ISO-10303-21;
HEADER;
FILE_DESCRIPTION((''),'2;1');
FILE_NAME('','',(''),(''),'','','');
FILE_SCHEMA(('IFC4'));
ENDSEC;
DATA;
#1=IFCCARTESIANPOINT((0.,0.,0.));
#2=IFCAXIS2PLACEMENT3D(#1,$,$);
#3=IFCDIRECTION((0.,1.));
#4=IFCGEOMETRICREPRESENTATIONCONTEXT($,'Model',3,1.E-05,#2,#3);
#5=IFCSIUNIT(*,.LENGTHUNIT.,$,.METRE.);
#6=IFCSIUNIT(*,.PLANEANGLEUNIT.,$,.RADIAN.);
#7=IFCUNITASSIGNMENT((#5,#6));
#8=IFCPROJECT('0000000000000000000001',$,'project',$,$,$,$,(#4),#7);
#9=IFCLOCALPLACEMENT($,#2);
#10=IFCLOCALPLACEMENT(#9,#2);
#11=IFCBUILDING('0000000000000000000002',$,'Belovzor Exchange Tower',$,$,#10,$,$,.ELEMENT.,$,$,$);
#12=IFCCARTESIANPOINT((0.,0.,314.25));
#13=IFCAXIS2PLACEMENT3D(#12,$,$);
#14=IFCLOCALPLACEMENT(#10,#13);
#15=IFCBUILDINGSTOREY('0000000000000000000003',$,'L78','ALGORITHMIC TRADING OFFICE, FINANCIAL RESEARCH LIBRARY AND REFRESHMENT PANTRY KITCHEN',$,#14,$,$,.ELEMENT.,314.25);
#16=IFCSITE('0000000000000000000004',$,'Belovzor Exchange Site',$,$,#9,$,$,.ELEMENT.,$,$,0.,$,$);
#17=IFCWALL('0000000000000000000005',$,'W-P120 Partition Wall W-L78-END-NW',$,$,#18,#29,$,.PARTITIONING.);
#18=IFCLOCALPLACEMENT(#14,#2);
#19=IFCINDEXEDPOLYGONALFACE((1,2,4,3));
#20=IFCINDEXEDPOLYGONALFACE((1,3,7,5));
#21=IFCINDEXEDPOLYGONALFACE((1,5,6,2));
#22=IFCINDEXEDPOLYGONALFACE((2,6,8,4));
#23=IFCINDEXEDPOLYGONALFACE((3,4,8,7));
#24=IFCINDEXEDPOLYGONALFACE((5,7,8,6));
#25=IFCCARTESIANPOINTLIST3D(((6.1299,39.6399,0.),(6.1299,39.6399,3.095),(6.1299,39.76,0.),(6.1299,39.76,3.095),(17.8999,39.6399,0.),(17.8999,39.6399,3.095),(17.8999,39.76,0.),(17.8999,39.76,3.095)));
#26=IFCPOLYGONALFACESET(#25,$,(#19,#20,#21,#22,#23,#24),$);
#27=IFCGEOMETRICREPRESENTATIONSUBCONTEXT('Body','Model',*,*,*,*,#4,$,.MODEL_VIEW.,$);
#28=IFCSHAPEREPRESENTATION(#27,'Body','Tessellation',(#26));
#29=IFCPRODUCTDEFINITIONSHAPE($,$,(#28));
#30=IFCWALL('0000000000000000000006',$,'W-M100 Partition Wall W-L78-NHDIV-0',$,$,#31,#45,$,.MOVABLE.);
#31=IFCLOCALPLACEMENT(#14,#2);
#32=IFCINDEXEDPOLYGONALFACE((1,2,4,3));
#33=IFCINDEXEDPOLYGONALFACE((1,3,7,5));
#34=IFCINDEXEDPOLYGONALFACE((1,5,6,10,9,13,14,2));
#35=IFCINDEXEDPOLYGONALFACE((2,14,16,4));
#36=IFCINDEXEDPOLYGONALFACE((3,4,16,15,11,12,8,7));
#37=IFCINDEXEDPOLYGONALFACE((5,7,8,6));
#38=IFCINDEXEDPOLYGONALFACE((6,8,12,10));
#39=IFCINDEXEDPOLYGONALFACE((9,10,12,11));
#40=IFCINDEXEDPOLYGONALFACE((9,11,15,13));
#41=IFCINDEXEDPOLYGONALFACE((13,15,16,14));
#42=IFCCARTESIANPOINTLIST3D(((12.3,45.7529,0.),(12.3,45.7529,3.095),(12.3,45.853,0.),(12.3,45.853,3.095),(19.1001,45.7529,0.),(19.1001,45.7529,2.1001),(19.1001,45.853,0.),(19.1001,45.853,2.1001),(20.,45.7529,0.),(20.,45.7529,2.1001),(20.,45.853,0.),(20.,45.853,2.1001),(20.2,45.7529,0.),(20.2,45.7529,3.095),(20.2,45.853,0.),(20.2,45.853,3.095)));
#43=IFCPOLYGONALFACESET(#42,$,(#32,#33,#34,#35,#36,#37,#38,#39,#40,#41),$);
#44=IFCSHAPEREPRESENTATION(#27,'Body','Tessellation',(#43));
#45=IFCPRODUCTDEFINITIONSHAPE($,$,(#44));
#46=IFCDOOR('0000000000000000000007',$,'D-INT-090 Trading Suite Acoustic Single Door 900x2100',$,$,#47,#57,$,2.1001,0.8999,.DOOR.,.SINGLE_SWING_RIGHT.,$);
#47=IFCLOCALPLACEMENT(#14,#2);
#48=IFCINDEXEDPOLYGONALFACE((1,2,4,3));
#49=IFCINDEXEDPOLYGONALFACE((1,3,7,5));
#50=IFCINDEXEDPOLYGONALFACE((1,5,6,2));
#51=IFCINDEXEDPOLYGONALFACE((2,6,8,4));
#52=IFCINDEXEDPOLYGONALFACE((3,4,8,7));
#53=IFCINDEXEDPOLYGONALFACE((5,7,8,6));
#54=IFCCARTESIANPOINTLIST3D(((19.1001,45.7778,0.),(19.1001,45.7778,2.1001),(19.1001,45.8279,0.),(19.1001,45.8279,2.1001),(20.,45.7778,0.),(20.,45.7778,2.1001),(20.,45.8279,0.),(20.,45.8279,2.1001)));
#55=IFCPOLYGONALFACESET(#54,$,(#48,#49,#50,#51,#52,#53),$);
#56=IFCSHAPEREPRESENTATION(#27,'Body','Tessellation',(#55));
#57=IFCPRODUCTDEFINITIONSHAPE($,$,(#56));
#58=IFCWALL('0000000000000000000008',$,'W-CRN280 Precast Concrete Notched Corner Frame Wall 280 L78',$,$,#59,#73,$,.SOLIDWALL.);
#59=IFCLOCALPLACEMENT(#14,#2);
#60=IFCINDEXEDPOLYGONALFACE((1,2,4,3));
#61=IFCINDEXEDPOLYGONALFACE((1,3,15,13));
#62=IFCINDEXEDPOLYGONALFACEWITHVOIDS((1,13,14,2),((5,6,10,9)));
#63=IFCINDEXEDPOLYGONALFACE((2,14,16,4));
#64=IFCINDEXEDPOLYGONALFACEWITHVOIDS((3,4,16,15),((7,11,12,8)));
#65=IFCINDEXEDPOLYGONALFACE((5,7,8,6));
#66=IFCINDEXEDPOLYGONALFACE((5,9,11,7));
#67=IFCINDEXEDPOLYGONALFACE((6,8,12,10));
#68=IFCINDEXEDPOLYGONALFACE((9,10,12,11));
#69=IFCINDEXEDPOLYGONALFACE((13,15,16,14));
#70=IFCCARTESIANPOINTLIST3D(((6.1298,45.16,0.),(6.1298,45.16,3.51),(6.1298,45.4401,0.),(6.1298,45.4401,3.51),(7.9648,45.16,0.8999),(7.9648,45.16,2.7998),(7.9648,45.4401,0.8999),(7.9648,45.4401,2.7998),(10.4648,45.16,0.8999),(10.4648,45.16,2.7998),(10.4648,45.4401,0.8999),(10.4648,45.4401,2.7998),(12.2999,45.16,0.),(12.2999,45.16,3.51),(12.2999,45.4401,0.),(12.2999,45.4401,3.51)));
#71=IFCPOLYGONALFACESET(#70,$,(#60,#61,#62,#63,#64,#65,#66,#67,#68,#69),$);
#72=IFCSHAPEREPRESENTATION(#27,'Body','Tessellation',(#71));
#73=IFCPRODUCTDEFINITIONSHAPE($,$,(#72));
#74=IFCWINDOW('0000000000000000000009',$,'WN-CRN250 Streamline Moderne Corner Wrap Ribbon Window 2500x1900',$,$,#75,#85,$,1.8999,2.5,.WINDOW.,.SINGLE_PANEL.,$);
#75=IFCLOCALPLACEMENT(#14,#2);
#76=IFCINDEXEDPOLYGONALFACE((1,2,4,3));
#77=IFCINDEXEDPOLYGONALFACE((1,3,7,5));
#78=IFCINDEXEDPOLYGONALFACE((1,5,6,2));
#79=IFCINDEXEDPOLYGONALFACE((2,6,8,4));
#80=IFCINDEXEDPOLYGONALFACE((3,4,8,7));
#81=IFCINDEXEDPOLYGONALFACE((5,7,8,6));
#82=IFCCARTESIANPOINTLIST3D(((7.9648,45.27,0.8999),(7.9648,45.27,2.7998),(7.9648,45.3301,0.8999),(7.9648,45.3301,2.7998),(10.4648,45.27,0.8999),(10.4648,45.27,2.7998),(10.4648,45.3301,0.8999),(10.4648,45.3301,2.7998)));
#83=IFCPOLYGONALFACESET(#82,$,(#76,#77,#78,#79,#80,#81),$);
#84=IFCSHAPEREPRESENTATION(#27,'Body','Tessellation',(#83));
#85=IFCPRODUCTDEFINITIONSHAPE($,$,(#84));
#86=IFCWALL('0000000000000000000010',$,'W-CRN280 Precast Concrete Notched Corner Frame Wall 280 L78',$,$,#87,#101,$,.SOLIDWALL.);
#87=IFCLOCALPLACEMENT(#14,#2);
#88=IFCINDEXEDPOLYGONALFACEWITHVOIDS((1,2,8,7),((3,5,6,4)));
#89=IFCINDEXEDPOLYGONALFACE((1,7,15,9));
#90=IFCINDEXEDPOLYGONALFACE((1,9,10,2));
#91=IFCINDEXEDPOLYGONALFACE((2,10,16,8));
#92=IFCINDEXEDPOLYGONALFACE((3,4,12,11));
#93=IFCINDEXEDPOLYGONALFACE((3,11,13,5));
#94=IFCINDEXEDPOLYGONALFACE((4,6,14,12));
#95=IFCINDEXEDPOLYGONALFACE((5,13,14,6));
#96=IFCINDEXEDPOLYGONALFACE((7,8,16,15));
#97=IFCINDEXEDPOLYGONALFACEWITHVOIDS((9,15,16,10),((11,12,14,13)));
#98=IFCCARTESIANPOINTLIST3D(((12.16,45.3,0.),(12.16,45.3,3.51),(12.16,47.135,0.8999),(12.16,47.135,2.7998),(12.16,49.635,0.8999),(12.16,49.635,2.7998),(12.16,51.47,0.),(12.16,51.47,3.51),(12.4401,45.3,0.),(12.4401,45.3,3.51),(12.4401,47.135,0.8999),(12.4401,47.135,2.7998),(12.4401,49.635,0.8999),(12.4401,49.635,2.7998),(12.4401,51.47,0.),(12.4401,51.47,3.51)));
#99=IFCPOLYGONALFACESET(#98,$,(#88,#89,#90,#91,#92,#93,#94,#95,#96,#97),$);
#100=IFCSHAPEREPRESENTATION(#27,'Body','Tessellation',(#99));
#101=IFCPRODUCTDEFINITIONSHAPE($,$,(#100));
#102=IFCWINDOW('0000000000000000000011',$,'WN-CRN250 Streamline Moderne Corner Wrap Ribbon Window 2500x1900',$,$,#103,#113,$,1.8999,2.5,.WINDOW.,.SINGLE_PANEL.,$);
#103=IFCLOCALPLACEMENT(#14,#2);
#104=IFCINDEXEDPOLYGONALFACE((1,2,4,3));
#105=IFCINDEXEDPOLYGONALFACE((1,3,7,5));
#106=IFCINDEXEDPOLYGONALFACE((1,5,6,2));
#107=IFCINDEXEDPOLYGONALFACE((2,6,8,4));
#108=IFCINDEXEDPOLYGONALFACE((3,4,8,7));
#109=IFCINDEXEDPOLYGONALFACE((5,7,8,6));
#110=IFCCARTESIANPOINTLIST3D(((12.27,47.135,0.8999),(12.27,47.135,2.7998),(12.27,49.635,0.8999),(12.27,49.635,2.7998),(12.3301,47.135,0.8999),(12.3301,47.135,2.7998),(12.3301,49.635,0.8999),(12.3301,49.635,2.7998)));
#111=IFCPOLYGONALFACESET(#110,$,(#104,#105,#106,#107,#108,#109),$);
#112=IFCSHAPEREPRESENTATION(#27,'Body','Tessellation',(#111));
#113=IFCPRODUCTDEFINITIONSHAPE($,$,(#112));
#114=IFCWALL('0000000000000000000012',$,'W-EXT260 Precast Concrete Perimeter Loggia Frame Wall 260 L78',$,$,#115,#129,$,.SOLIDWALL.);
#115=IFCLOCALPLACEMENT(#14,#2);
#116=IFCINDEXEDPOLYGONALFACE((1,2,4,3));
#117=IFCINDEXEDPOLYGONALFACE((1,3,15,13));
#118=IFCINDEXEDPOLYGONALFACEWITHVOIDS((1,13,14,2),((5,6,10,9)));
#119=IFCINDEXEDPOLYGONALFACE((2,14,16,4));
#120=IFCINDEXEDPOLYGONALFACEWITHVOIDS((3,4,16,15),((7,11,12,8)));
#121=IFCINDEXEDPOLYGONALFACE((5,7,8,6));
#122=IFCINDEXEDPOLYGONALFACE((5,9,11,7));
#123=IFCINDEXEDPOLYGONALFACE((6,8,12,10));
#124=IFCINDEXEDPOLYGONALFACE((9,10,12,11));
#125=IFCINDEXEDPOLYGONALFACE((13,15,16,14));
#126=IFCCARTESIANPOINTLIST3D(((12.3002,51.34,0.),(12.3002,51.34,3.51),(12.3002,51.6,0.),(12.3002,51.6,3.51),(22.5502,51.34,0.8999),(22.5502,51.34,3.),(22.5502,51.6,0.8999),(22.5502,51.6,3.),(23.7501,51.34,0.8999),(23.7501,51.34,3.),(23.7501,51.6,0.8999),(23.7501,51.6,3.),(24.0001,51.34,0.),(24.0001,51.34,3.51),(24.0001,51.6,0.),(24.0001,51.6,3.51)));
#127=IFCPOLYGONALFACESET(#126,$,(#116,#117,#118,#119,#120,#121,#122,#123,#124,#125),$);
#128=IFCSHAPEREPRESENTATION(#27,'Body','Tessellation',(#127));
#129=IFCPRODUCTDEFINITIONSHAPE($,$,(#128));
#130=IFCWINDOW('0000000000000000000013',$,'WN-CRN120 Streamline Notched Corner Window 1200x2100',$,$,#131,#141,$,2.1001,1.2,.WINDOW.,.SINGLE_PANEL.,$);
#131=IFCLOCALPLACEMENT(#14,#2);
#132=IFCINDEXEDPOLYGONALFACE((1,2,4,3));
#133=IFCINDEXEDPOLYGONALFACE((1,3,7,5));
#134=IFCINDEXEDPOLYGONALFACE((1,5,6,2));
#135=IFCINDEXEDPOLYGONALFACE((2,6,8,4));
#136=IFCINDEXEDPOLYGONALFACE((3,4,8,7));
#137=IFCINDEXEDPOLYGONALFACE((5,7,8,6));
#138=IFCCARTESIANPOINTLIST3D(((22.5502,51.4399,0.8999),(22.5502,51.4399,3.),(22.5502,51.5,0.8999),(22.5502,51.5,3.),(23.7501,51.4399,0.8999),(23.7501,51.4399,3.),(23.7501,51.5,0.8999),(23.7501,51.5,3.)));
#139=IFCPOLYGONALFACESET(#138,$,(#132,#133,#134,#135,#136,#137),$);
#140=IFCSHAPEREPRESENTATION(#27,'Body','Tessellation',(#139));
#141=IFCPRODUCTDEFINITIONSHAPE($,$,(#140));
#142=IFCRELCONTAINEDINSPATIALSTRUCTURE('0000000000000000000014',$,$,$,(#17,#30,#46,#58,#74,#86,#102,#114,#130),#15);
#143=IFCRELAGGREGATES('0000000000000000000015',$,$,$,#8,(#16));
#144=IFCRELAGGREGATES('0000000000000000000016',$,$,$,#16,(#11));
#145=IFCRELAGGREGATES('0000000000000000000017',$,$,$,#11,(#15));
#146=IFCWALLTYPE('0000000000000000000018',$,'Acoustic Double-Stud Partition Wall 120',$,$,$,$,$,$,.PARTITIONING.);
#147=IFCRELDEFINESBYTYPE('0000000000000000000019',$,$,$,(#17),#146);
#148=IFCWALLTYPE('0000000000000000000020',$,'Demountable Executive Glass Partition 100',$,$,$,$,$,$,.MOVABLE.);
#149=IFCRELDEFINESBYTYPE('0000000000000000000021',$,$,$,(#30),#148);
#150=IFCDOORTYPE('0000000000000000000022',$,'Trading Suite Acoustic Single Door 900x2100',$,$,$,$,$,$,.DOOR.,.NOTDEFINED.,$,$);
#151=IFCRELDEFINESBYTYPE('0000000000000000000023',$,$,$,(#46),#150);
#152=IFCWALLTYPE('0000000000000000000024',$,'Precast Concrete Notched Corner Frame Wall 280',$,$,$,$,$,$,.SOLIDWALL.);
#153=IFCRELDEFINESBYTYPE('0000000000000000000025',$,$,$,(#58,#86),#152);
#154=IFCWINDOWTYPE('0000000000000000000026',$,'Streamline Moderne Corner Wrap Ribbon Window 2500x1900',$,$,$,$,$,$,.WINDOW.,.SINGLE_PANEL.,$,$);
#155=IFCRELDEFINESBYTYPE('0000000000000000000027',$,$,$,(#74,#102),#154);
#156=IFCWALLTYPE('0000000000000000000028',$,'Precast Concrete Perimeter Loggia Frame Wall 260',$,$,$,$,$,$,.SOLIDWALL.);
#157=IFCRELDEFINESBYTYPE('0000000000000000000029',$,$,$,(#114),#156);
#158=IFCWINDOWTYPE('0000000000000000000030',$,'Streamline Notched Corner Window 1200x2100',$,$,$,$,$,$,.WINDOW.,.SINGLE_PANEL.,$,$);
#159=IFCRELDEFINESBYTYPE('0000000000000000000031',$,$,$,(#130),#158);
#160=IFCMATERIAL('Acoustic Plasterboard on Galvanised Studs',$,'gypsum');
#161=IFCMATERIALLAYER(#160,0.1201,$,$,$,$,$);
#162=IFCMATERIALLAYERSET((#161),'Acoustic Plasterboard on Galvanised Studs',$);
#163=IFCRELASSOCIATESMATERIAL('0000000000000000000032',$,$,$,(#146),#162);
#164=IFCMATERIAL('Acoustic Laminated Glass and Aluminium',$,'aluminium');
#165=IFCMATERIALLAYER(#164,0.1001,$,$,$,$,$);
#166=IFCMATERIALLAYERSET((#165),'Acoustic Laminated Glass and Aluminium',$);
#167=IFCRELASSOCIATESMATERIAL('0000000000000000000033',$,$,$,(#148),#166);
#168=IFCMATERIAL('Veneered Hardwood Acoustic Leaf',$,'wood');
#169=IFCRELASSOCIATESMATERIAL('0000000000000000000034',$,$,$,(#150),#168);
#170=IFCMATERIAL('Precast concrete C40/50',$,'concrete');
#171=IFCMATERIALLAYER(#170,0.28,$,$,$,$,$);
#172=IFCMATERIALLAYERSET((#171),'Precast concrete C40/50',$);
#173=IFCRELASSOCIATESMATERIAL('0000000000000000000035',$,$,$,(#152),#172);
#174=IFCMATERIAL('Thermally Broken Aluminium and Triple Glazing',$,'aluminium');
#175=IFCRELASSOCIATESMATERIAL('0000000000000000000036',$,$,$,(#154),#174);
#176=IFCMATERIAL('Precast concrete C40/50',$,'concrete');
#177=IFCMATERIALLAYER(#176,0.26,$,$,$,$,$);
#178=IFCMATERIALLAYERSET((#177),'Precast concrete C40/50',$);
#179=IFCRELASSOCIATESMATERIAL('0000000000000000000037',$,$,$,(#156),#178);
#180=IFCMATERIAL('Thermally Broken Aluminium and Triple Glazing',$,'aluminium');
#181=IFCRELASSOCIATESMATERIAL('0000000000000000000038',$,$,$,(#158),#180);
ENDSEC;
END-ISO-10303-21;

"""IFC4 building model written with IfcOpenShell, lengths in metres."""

from ifc_helpers import new_model, si_unit, direction, frame, frame_2d, origin, place, context, subcontext, project, spatial, rectangle, extrude, material, layer, layer_set, type_object, element, fill, save


model = new_model("IFC4")

# Units and contexts
model_context = context("Model", 3, precision=1e-05, world=origin(), true_north=direction((0.0, 1.0)))
body_context = subcontext(model_context, "Body", "Model", "MODEL_VIEW")
ifc_project = project(units=[si_unit("LENGTHUNIT", "METRE"), si_unit("PLANEANGLEUNIT", "RADIAN")], contexts=[model_context])

# Site, building, storey
site_placement = place(None, origin())
site = spatial("IfcSite", under=ifc_project, at=site_placement, Name="Belovzor Exchange Site", CompositionType="ELEMENT", RefElevation=0.0)
building_placement = place(site_placement, origin())
building = spatial("IfcBuilding", under=site, at=building_placement, Name="Belovzor Exchange Tower", CompositionType="ELEMENT")
storey_placement = place(building_placement, frame((0.0, 0.0, 314.25)))
storey = spatial("IfcBuildingStorey", under=building, at=storey_placement, Name="L78", Description="ALGORITHMIC TRADING OFFICE, FINANCIAL RESEARCH LIBRARY AND REFRESHMENT PANTRY KITCHEN", CompositionType="ELEMENT", Elevation=314.25)

# Wall
ifc_material_1 = material(Name="Acoustic Plasterboard on Galvanised Studs", Category="gypsum")
ifc_layer_1 = layer(ifc_material_1, 0.1201)
ifc_layer_set_1 = layer_set([ifc_layer_1], Name="Acoustic Plasterboard on Galvanised Studs")
wall_type_1 = type_object("IfcWallType", Name="Acoustic Double-Stud Partition Wall 120", PredefinedType="PARTITIONING", material=ifc_layer_set_1)
wall_1_placement = place(storey_placement, frame((6.1299, 39.7, 0.0), z_axis=(0.0, 0.0, 1.0), x_axis=(1.0, 0.0, 0.0)))
element("IfcWall", 1, at=wall_1_placement, inside=storey, type_object=wall_type_1, Name="W-P120 Partition Wall W-L78-END-NW", PredefinedType="PARTITIONING", context=body_context, shape_type="SweptSolid", body=[
    extrude(rectangle(XDim=11.77, YDim=0.1201, at=frame_2d((5.885, 0.0))), origin(), (0.0, 0.0, 1.0), 3.095),
])

# Wall, opening, door
ifc_material_2 = material(Name="Acoustic Laminated Glass and Aluminium", Category="aluminium")
ifc_layer_2 = layer(ifc_material_2, 0.1001)
ifc_layer_set_2 = layer_set([ifc_layer_2], Name="Acoustic Laminated Glass and Aluminium")
wall_type_2 = type_object("IfcWallType", Name="Demountable Executive Glass Partition 100", PredefinedType="MOVABLE", material=ifc_layer_set_2)
wall_2_placement = place(storey_placement, frame((12.3, 45.803, 0.0), z_axis=(0.0, 0.0, 1.0), x_axis=(1.0, 0.0, 0.0)))
wall_2 = element("IfcWall", 2, at=wall_2_placement, inside=storey, type_object=wall_type_2, Name="W-M100 Partition Wall W-L78-NHDIV-0", PredefinedType="MOVABLE", context=body_context, shape_type="SweptSolid", body=[
    extrude(rectangle(XDim=7.8999, YDim=0.1001, at=frame_2d((3.95, 0.0))), origin(), (0.0, 0.0, 1.0), 3.095),
])
opening_1_placement = place(wall_2_placement, frame((6.8, 0.0, 0.0)))
opening_1 = element("IfcOpeningElement", 3, at=opening_1_placement, cuts=wall_2, PredefinedType="OPENING", context=body_context, shape_type="SweptSolid", body=[
    extrude(rectangle(XDim=0.8999, YDim=2.1001, at=frame_2d((0.45, 1.05))), frame((0.0, 0.0601, 0.0), z_axis=(0.0, -1.0, 0.0), x_axis=(1.0, 0.0, 0.0)), (0.0, 0.0, 1.0), 0.1201),
])
ifc_material_3 = material(Name="Veneered Hardwood Acoustic Leaf", Category="wood")
door_type = type_object("IfcDoorType", Name="Trading Suite Acoustic Single Door 900x2100", OperationType="NOTDEFINED", PredefinedType="DOOR", material=ifc_material_3)
door_placement = place(opening_1_placement, origin())
door = element("IfcDoor", 4, at=door_placement, inside=storey, type_object=door_type, Name="D-INT-090 Trading Suite Acoustic Single Door 900x2100", OperationType="SINGLE_SWING_RIGHT", OverallHeight=2.1001, OverallWidth=0.8999, PredefinedType="DOOR", context=body_context, shape_type="SweptSolid", body=[
    extrude(rectangle(XDim=0.8999, YDim=2.1001, at=frame_2d((0.45, 1.05))), frame((0.0, 0.0249, 0.0), z_axis=(0.0, -1.0, 0.0), x_axis=(1.0, 0.0, 0.0)), (0.0, 0.0, 1.0), 0.05),
])
fill(opening_1, door)

# Walls, openings, windows
ifc_material_4 = material(Name="Precast concrete C40/50", Category="concrete")
ifc_layer_3 = layer(ifc_material_4, 0.28)
ifc_layer_set_3 = layer_set([ifc_layer_3], Name="Precast concrete C40/50")
wall_type_3 = type_object("IfcWallType", Name="Precast Concrete Notched Corner Frame Wall 280", PredefinedType="SOLIDWALL", material=ifc_layer_set_3)
wall_3_placement = place(storey_placement, frame((6.1299, 45.3, 0.0), z_axis=(0.0, 0.0, 1.0), x_axis=(1.0, 0.0, 0.0)))
wall_3 = element("IfcWall", 5, at=wall_3_placement, inside=storey, type_object=wall_type_3, Name="W-CRN280 Precast Concrete Notched Corner Frame Wall 280 L78", PredefinedType="SOLIDWALL", context=body_context, shape_type="SweptSolid", body=[
    extrude(rectangle(XDim=6.1702, YDim=0.28, at=frame_2d((3.085, 0.0))), origin(), (0.0, 0.0, 1.0), 3.51),
])
opening_2_placement = place(wall_3_placement, frame((1.835, 0.0, 0.8999)))
opening_2 = element("IfcOpeningElement", 6, at=opening_2_placement, cuts=wall_3, PredefinedType="OPENING", context=body_context, shape_type="SweptSolid", body=[
    extrude(rectangle(XDim=2.5, YDim=1.8999, at=frame_2d((1.25, 0.95))), frame((0.0, 0.1499, 0.0), z_axis=(0.0, -1.0, 0.0), x_axis=(1.0, 0.0, 0.0)), (0.0, 0.0, 1.0), 0.3),
])
ifc_material_5 = material(Name="Thermally Broken Aluminium and Triple Glazing", Category="aluminium")
window_type_1 = type_object("IfcWindowType", Name="Streamline Moderne Corner Wrap Ribbon Window 2500x1900", PartitioningType="SINGLE_PANEL", PredefinedType="WINDOW", material=ifc_material_5)
window_1_placement = place(opening_2_placement, origin())
window_1 = element("IfcWindow", 7, at=window_1_placement, inside=storey, type_object=window_type_1, Name="WN-CRN250 Streamline Moderne Corner Wrap Ribbon Window 2500x1900", OverallHeight=1.8999, OverallWidth=2.5, PartitioningType="SINGLE_PANEL", PredefinedType="WINDOW", context=body_context, shape_type="SweptSolid", body=[
    extrude(rectangle(XDim=2.5, YDim=1.8999, at=frame_2d((1.25, 0.95))), frame((0.0, 0.03, 0.0), z_axis=(0.0, -1.0, 0.0), x_axis=(1.0, 0.0, 0.0)), (0.0, 0.0, 1.0), 0.0601),
])
fill(opening_2, window_1)
wall_4_placement = place(storey_placement, frame((12.3, 45.3, 0.0), z_axis=(0.0, 0.0, 1.0), x_axis=(0.0, 1.0, 0.0)))
wall_4 = element("IfcWall", 8, at=wall_4_placement, inside=storey, type_object=wall_type_3, Name="W-CRN280 Precast Concrete Notched Corner Frame Wall 280 L78", PredefinedType="SOLIDWALL", context=body_context, shape_type="SweptSolid", body=[
    extrude(rectangle(XDim=6.1699, YDim=0.28, at=frame_2d((3.085, 0.0))), origin(), (0.0, 0.0, 1.0), 3.51),
])
opening_3_placement = place(wall_4_placement, frame((1.835, 0.0, 0.8999)))
opening_3 = element("IfcOpeningElement", 9, at=opening_3_placement, cuts=wall_4, PredefinedType="OPENING", context=body_context, shape_type="SweptSolid", body=[
    extrude(rectangle(XDim=2.5, YDim=1.8999, at=frame_2d((1.25, 0.95))), frame((0.0, 0.1499, 0.0), z_axis=(0.0, -1.0, 0.0), x_axis=(1.0, 0.0, 0.0)), (0.0, 0.0, 1.0), 0.3),
])
window_2_placement = place(opening_3_placement, origin())
window_2 = element("IfcWindow", 10, at=window_2_placement, inside=storey, type_object=window_type_1, Name="WN-CRN250 Streamline Moderne Corner Wrap Ribbon Window 2500x1900", OverallHeight=1.8999, OverallWidth=2.5, PartitioningType="SINGLE_PANEL", PredefinedType="WINDOW", context=body_context, shape_type="SweptSolid", body=[
    extrude(rectangle(XDim=2.5, YDim=1.8999, at=frame_2d((1.25, 0.95))), frame((0.0, 0.03, 0.0), z_axis=(0.0, -1.0, 0.0), x_axis=(1.0, 0.0, 0.0)), (0.0, 0.0, 1.0), 0.0601),
])
fill(opening_3, window_2)
ifc_material_6 = material(Name="Precast concrete C40/50", Category="concrete")
ifc_layer_4 = layer(ifc_material_6, 0.26)
ifc_layer_set_4 = layer_set([ifc_layer_4], Name="Precast concrete C40/50")
wall_type_4 = type_object("IfcWallType", Name="Precast Concrete Perimeter Loggia Frame Wall 260", PredefinedType="SOLIDWALL", material=ifc_layer_set_4)
wall_5_placement = place(storey_placement, frame((12.3, 51.47, 0.0), z_axis=(0.0, 0.0, 1.0), x_axis=(1.0, 0.0, 0.0)))
wall_5 = element("IfcWall", 11, at=wall_5_placement, inside=storey, type_object=wall_type_4, Name="W-EXT260 Precast Concrete Perimeter Loggia Frame Wall 260 L78", PredefinedType="SOLIDWALL", context=body_context, shape_type="SweptSolid", body=[
    extrude(rectangle(XDim=11.7, YDim=0.26, at=frame_2d((5.8501, 0.0))), origin(), (0.0, 0.0, 1.0), 3.51),
])
opening_4_placement = place(wall_5_placement, frame((10.25, 0.0, 0.8999)))
opening_4 = element("IfcOpeningElement", 12, at=opening_4_placement, cuts=wall_5, PredefinedType="OPENING", context=body_context, shape_type="SweptSolid", body=[
    extrude(rectangle(XDim=1.2, YDim=2.1001, at=frame_2d((0.6001, 1.05))), frame((0.0, 0.1399, 0.0), z_axis=(0.0, -1.0, 0.0), x_axis=(1.0, 0.0, 0.0)), (0.0, 0.0, 1.0), 0.28),
])
ifc_material_7 = material(Name="Thermally Broken Aluminium and Triple Glazing", Category="aluminium")
window_type_2 = type_object("IfcWindowType", Name="Streamline Notched Corner Window 1200x2100", PartitioningType="SINGLE_PANEL", PredefinedType="WINDOW", material=ifc_material_7)
window_3_placement = place(opening_4_placement, origin())
window_3 = element("IfcWindow", 13, at=window_3_placement, inside=storey, type_object=window_type_2, Name="WN-CRN120 Streamline Notched Corner Window 1200x2100", OverallHeight=2.1001, OverallWidth=1.2, PartitioningType="SINGLE_PANEL", PredefinedType="WINDOW", context=body_context, shape_type="SweptSolid", body=[
    extrude(rectangle(XDim=1.2, YDim=2.1001, at=frame_2d((0.6001, 1.05))), frame((0.0, 0.03, 0.0), z_axis=(0.0, -1.0, 0.0), x_axis=(1.0, 0.0, 0.0)), (0.0, 0.0, 1.0), 0.0601),
])
fill(opening_4, window_3)

save(model, "model.ifc")
